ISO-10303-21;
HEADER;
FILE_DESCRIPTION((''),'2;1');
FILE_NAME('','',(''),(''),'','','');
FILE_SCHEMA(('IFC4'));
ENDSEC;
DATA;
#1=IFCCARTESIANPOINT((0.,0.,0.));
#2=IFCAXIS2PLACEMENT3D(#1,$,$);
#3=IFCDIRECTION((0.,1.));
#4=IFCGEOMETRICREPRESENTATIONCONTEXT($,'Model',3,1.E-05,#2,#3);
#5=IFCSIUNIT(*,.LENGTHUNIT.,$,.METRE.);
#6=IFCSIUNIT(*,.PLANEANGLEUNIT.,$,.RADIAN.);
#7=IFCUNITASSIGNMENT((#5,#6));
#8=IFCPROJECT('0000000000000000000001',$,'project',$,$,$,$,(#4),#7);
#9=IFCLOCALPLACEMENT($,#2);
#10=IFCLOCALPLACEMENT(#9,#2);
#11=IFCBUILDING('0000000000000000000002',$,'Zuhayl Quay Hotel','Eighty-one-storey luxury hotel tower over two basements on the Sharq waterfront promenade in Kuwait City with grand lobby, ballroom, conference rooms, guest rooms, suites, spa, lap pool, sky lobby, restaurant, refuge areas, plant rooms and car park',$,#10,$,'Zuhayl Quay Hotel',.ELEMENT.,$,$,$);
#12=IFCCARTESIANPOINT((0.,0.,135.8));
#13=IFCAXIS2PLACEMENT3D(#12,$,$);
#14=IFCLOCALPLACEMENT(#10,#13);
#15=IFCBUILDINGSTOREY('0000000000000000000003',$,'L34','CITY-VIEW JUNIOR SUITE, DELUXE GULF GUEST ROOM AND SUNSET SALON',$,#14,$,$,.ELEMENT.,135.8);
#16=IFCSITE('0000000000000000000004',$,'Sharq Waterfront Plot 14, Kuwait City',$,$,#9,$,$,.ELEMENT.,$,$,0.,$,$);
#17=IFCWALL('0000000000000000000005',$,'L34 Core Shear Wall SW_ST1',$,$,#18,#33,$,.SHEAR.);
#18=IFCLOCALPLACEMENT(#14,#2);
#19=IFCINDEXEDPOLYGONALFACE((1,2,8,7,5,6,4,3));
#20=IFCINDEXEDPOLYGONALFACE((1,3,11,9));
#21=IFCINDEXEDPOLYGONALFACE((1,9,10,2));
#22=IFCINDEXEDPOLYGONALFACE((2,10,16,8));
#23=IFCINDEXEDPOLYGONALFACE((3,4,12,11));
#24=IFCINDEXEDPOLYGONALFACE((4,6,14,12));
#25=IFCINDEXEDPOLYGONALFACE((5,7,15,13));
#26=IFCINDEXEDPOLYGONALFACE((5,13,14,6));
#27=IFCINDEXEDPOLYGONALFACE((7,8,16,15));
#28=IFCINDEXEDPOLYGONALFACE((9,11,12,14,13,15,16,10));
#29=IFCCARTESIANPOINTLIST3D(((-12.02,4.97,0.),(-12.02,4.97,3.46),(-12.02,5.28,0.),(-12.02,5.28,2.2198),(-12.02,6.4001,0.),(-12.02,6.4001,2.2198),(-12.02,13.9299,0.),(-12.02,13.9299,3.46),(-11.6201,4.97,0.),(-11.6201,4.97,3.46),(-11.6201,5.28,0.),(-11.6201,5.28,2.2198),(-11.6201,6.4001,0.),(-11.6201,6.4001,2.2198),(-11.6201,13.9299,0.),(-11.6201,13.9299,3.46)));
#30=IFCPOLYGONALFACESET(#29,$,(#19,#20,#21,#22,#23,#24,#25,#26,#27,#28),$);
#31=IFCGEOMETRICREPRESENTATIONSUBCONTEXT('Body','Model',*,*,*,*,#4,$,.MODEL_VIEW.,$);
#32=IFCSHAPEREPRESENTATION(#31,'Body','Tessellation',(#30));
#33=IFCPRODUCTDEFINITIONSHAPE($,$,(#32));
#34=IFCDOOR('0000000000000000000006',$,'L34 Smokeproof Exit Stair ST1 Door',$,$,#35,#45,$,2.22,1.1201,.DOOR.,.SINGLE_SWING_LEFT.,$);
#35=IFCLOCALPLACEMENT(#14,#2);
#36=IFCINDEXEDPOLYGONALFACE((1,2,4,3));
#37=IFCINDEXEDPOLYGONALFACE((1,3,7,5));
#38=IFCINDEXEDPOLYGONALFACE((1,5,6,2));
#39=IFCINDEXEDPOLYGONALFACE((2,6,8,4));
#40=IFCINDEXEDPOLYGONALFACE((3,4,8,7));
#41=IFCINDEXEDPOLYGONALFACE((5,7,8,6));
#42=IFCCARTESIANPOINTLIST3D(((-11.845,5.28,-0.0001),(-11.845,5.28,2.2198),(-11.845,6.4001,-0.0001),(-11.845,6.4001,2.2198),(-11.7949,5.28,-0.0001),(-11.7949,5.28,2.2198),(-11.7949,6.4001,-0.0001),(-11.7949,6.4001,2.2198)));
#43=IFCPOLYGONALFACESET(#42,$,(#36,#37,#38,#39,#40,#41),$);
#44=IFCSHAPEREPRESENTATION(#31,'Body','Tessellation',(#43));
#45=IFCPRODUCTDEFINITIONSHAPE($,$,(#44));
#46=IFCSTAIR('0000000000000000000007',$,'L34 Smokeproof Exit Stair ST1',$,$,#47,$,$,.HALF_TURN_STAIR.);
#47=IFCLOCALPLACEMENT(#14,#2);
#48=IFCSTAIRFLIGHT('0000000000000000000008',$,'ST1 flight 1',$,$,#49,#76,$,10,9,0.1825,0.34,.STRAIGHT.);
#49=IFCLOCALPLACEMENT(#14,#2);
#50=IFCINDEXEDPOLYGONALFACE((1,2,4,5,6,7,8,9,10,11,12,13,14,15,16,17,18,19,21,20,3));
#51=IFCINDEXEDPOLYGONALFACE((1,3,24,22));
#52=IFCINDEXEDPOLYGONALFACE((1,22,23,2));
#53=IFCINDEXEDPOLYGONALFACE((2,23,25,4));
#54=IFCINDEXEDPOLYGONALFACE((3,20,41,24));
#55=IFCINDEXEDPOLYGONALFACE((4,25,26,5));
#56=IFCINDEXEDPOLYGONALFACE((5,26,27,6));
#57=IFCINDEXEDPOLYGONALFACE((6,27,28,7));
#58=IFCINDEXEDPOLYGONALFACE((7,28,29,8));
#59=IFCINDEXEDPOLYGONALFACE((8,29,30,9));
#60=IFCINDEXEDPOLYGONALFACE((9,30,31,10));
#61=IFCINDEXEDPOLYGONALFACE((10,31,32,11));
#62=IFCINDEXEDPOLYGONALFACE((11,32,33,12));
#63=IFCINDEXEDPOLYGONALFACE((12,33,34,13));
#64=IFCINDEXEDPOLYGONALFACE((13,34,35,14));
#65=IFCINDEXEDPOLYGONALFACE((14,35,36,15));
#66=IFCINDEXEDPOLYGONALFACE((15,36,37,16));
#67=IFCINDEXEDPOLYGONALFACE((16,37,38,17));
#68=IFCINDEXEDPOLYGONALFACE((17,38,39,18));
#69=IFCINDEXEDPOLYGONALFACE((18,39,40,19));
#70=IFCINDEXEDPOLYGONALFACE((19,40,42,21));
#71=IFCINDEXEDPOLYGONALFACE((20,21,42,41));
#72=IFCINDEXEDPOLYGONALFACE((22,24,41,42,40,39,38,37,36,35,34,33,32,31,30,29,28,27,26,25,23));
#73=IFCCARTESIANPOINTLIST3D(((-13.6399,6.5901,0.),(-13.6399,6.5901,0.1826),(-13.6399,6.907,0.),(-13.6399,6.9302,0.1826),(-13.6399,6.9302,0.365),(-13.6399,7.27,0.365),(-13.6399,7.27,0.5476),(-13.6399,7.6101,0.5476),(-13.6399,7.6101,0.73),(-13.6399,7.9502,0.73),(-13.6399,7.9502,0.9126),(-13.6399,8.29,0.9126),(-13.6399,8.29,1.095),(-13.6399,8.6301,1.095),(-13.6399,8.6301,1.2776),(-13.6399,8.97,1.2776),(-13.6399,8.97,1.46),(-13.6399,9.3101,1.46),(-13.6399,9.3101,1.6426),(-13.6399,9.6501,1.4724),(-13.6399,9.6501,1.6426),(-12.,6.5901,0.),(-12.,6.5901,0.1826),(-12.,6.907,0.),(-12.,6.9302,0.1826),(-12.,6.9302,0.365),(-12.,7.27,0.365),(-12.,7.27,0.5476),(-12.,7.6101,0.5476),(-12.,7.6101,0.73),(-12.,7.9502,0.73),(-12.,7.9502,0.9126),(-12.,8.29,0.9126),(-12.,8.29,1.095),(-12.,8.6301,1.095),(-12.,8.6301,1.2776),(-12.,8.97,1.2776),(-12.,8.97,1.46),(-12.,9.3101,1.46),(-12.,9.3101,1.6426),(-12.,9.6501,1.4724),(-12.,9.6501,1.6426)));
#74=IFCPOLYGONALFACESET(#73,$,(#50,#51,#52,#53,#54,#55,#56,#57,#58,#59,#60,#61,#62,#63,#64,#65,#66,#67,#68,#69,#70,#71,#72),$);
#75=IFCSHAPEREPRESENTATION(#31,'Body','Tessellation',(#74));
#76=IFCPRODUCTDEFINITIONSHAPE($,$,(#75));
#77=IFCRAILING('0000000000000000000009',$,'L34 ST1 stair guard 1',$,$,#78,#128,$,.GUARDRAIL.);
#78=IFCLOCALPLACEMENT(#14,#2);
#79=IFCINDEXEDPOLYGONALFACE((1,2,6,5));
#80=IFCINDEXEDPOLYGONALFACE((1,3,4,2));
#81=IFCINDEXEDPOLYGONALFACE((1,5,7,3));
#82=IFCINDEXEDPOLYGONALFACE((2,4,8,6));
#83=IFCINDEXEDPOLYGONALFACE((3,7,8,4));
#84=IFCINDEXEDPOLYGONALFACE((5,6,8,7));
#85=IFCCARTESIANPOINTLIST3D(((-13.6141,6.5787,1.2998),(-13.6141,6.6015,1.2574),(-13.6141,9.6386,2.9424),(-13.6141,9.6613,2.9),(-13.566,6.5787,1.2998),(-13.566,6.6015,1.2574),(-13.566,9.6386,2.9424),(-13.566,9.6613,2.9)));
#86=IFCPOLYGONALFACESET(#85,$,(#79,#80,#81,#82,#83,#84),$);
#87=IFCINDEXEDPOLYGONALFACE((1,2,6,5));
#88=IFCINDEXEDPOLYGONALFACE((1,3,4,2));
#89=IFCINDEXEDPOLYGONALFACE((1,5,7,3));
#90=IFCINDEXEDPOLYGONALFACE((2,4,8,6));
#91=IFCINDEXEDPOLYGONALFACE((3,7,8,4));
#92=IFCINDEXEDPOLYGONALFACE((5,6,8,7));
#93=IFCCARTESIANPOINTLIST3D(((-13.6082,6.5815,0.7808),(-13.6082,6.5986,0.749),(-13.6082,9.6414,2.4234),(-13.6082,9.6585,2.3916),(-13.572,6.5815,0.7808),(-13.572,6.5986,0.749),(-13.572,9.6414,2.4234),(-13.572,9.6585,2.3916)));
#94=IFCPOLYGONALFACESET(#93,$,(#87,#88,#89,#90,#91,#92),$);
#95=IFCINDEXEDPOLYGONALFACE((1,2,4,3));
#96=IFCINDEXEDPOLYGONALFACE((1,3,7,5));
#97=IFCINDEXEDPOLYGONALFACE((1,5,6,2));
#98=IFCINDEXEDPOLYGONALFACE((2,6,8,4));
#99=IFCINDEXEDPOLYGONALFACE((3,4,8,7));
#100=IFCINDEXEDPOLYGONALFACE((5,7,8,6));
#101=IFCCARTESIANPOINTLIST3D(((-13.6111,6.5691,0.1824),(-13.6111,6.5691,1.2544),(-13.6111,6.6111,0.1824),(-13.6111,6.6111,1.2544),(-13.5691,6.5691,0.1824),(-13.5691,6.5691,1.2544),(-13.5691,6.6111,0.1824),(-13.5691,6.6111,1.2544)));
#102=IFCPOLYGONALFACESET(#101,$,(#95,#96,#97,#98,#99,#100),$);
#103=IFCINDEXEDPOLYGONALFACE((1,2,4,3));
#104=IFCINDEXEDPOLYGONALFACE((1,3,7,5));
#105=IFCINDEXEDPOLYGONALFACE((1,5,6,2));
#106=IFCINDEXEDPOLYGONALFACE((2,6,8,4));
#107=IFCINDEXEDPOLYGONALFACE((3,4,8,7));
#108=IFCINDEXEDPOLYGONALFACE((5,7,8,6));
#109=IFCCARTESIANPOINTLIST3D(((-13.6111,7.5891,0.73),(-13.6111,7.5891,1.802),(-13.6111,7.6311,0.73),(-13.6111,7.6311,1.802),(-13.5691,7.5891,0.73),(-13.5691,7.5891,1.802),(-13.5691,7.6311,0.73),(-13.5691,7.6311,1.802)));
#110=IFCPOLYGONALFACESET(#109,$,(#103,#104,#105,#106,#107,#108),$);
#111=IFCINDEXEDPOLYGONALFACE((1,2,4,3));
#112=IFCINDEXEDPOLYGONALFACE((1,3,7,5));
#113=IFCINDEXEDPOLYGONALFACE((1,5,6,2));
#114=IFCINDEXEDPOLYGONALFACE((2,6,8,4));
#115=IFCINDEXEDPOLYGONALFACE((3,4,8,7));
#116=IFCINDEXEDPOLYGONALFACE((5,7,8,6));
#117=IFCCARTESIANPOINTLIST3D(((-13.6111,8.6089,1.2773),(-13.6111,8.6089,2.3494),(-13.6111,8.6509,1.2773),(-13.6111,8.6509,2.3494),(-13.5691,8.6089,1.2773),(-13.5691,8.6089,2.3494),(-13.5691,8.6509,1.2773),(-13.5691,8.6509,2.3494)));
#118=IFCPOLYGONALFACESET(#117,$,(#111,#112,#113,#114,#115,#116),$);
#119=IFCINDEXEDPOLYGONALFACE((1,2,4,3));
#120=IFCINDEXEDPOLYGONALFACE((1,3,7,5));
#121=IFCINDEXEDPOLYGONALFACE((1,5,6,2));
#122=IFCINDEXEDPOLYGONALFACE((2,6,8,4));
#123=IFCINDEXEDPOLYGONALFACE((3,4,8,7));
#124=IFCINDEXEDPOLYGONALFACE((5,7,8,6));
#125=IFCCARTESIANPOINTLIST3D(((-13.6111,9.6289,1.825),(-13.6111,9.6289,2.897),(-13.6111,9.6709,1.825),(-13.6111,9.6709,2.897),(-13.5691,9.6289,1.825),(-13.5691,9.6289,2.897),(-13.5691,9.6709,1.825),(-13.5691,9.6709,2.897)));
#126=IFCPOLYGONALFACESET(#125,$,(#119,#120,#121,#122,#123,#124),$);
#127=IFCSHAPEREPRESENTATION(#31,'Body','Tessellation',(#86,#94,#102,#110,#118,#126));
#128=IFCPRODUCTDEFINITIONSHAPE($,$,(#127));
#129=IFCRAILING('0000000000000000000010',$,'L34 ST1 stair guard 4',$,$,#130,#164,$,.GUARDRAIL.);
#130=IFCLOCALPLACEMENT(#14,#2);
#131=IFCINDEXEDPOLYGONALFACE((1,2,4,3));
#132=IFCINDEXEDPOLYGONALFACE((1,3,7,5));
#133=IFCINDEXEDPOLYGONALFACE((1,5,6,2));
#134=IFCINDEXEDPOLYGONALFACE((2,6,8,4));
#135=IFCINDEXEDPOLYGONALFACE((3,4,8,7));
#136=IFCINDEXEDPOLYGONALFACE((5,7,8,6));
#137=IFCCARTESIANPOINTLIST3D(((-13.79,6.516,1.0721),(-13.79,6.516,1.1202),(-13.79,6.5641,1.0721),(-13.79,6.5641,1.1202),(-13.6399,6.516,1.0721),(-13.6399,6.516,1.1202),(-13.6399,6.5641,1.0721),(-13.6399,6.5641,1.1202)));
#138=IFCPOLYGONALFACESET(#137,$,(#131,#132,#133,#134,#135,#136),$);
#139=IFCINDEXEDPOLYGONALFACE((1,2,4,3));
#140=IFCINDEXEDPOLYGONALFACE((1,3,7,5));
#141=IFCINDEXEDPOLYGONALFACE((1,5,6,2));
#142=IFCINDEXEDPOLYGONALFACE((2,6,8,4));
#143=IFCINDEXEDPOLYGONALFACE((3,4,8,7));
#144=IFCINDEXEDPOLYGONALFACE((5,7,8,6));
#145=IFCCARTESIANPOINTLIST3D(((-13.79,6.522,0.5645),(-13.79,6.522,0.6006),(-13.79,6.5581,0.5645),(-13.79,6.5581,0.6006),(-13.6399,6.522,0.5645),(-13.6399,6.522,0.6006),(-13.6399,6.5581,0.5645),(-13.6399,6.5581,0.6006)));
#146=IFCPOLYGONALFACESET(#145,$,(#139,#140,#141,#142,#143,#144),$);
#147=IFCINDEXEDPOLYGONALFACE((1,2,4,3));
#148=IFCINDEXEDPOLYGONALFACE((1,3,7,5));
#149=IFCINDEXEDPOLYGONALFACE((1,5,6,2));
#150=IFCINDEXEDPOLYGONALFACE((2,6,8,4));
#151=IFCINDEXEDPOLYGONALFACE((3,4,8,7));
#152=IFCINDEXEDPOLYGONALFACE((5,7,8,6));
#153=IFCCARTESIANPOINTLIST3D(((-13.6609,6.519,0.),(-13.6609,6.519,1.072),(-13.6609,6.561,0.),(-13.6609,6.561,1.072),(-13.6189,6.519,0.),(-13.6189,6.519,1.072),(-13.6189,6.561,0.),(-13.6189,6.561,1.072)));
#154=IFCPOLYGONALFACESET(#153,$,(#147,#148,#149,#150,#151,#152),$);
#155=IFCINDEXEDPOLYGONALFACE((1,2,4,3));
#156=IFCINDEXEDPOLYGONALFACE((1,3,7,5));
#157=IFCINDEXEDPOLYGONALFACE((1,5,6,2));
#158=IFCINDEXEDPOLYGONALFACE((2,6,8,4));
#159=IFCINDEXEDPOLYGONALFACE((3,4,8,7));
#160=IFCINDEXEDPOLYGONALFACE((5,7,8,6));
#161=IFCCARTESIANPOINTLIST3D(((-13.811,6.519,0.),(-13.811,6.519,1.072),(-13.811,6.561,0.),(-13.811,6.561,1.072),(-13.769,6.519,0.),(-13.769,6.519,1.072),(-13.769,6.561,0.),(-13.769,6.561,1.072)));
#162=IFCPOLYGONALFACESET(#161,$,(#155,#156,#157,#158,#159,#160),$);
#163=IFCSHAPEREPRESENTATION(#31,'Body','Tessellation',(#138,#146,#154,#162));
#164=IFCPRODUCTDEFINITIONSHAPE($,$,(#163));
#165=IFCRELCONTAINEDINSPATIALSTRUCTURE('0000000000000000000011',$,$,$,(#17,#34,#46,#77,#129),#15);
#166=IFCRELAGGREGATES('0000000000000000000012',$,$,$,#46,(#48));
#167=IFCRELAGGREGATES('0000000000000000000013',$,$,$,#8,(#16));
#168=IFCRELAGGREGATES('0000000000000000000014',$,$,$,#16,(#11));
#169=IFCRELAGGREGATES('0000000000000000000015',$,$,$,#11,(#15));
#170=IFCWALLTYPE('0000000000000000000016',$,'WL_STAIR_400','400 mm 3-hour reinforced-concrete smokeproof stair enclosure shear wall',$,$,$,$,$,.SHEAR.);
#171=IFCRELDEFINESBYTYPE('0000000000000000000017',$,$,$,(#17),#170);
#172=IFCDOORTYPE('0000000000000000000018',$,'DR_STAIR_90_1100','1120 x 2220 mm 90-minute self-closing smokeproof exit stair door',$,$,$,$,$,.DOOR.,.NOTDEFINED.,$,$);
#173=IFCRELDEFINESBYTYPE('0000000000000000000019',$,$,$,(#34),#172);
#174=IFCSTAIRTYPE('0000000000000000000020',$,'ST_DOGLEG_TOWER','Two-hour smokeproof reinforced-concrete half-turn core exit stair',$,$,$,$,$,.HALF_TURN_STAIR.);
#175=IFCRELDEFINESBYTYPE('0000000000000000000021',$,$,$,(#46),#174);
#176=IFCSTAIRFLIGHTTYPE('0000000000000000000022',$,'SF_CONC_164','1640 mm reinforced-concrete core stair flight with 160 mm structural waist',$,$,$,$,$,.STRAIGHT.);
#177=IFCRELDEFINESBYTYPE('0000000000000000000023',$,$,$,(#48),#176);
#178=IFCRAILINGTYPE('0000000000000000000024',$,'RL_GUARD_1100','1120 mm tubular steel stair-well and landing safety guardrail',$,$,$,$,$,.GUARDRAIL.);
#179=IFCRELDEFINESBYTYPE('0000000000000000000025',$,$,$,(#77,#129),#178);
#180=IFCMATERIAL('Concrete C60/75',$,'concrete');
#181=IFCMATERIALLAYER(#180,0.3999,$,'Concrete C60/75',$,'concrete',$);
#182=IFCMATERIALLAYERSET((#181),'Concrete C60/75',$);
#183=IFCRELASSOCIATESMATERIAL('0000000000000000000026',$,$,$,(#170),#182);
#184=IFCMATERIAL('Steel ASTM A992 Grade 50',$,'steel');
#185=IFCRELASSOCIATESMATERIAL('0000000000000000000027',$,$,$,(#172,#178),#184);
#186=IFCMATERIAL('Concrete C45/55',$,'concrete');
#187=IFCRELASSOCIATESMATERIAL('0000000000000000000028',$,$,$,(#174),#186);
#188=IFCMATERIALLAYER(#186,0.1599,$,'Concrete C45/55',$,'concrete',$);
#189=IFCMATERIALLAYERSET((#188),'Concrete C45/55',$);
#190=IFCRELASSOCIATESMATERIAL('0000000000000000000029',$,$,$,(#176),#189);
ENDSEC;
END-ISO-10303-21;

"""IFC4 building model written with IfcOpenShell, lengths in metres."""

from ifc_helpers import new_model, si_unit, direction, frame, frame_2d, origin, origin_2d, place, context, subcontext, project, spatial, polyline, rectangle, outline, extrude, material, layer, layer_set, type_object, element, fill, aggregate, save


model = new_model("IFC4")

# Units and contexts
model_context = context("Model", 3, precision=1e-05, world=origin(), true_north=direction((0.0, 1.0)))
body_context = subcontext(model_context, "Body", "Model", "MODEL_VIEW")
ifc_project = project(units=[si_unit("LENGTHUNIT", "METRE"), si_unit("PLANEANGLEUNIT", "RADIAN")], contexts=[model_context])

# Site, building, storey
site_placement = place(None, origin())
site = spatial("IfcSite", under=ifc_project, at=site_placement, Name="Sharq Waterfront Plot 14, Kuwait City", CompositionType="ELEMENT", RefElevation=0.0)
building_placement = place(site_placement, origin())
building = spatial("IfcBuilding", under=site, at=building_placement, Name="Zuhayl Quay Hotel", Description="Eighty-one-storey luxury hotel tower over two basements on the Sharq waterfront promenade in Kuwait City with grand lobby, ballroom, conference rooms, guest rooms, suites, spa, lap pool, sky lobby, restaurant, refuge areas, plant rooms and car park", LongName="Zuhayl Quay Hotel", CompositionType="ELEMENT")
storey_placement = place(building_placement, frame((0.0, 0.0, 135.8)))
storey = spatial("IfcBuildingStorey", under=building, at=storey_placement, Name="L34", Description="CITY-VIEW JUNIOR SUITE, DELUXE GULF GUEST ROOM AND SUNSET SALON", CompositionType="ELEMENT", Elevation=135.8)

# Shared definitions
ifc_material_1 = material(Name="Steel ASTM A992 Grade 50", Category="steel")
ifc_material_2 = material(Name="Concrete C60/75", Category="concrete")

# Wall, opening, door
ifc_layer_1 = layer(ifc_material_2, 0.3999, Name="Concrete C60/75", Category="concrete")
ifc_layer_set_1 = layer_set([ifc_layer_1], Name="Concrete C60/75")
wall_type_1 = type_object("IfcWallType", Name="WL_STAIR_400", Description="400 mm 3-hour reinforced-concrete smokeproof stair enclosure shear wall", PredefinedType="SHEAR", material=ifc_layer_set_1)
wall_1_placement = place(storey_placement, frame((-11.8201, 4.97, 0.0), z_axis=(0.0, 0.0, 1.0), x_axis=(0.0, 1.0, 0.0)))
wall_1 = element("IfcWall", 1, at=wall_1_placement, inside=storey, type_object=wall_type_1, Name="L34 Core Shear Wall SW_ST1", PredefinedType="SHEAR", context=body_context, shape_type="SweptSolid", body=[
    extrude(rectangle(XDim=8.96, YDim=0.3999, at=frame_2d((4.48, 0.0))), origin(), (0.0, 0.0, 1.0), 3.46),
])
opening_1_placement = place(wall_1_placement, frame((0.3101, 0.0, 0.0)))
opening_1 = element("IfcOpeningElement", 2, at=opening_1_placement, cuts=wall_1, PredefinedType="OPENING", context=body_context, shape_type="SweptSolid", body=[
    extrude(rectangle(XDim=1.1201, YDim=2.22, at=frame_2d((0.5601, 1.1099))), frame((0.0, 0.21, 0.0), z_axis=(0.0, -1.0, 0.0), x_axis=(1.0, 0.0, 0.0)), (0.0, 0.0, 1.0), 0.4199),
])
door_type_1 = type_object("IfcDoorType", Name="DR_STAIR_90_1100", Description="1120 x 2220 mm 90-minute self-closing smokeproof exit stair door", OperationType="NOTDEFINED", PredefinedType="DOOR", material=ifc_material_1)
door_1_placement = place(opening_1_placement, origin())
door_1 = element("IfcDoor", 3, at=door_1_placement, inside=storey, type_object=door_type_1, Name="L34 Smokeproof Exit Stair ST1 Door", OperationType="SINGLE_SWING_LEFT", OverallHeight=2.22, OverallWidth=1.1201, PredefinedType="DOOR", context=body_context, shape_type="SweptSolid", body=[
    extrude(rectangle(XDim=1.1201, YDim=2.22, at=frame_2d((0.5601, 1.1099))), frame((0.0, 0.0249, 0.0), z_axis=(0.0, -1.0, 0.0), x_axis=(1.0, 0.0, 0.0)), (0.0, 0.0, 1.0), 0.05),
])
fill(opening_1, door_1)

# Stair, stair flight
ifc_material_3 = material(Name="Concrete C45/55", Category="concrete")
stair_type = type_object("IfcStairType", Name="ST_DOGLEG_TOWER", Description="Two-hour smokeproof reinforced-concrete half-turn core exit stair", PredefinedType="HALF_TURN_STAIR", material=ifc_material_3)
stair_placement = place(storey_placement, origin())
stair = element("IfcStair", 4, at=stair_placement, inside=storey, type_object=stair_type, Name="L34 Smokeproof Exit Stair ST1", PredefinedType="HALF_TURN_STAIR")
ifc_layer_2 = layer(ifc_material_3, 0.1599, Name="Concrete C45/55", Category="concrete")
ifc_layer_set_2 = layer_set([ifc_layer_2], Name="Concrete C45/55")
stair_flight_type = type_object("IfcStairFlightType", Name="SF_CONC_164", Description="1640 mm reinforced-concrete core stair flight with 160 mm structural waist", PredefinedType="STRAIGHT", material=ifc_layer_set_2)
stair_flight_placement = place(storey_placement, frame((-12.8201, 6.5901, 0.0), z_axis=(0.0, 0.0, 1.0), x_axis=(0.0, 1.0, 0.0)))
stair_flight = element("IfcStairFlight", 5, at=stair_flight_placement, type_object=stair_flight_type, Name="ST1 flight 1", NumberOfRisers=10, NumberOfTreads=9, PredefinedType="STRAIGHT", RiserHeight=0.1825, TreadLength=0.34, context=body_context, shape_type="SweptSolid", body=[
    extrude(outline(polyline([(0.0, 0.0), (0.0, 0.1826), (0.3401, 0.1826), (0.3401, 0.365), (0.6799, 0.365), (0.6799, 0.5476), (1.02, 0.5476), (1.02, 0.73), (1.3601, 0.73), (1.3601, 0.9126), (1.7, 0.9126), (1.7, 1.095), (2.04, 1.095), (2.04, 1.2776), (2.3799, 1.2776), (2.3799, 1.46), (2.72, 1.46), (2.72, 1.6426), (3.0601, 1.6426), (3.0601, 1.825), (3.0601, 1.4724), (0.3169, 0.0), (0.0, 0.0)])), frame((0.0, 0.8198, 0.0), z_axis=(0.0, -1.0, 0.0), x_axis=(1.0, 0.0, 0.0)), (0.0, 0.0, 1.0), 1.6399),
])
aggregate(stair, [stair_flight])

# Railings
railing_type_1 = type_object("IfcRailingType", Name="RL_GUARD_1100", Description="1120 mm tubular steel stair-well and landing safety guardrail", PredefinedType="GUARDRAIL", material=ifc_material_1)
railing_1_placement = place(storey_placement, frame((-13.5901, 6.5901, 0.1824)))
element("IfcRailing", 6, at=railing_1_placement, inside=storey, type_object=railing_type_1, Name="L34 ST1 stair guard 1", PredefinedType="GUARDRAIL", context=body_context, shape_type="SweptSolid", body=[
    extrude(rectangle(XDim=0.0481, YDim=0.0481, at=origin_2d()), frame((0.0, 0.0, 1.0962), z_axis=(0.0, 0.881073, 0.47298), x_axis=(-1.0, 0.0, 0.0)), (0.0, 0.0, 1.0), 3.4729),
    extrude(rectangle(XDim=0.0361, YDim=0.0361, at=origin_2d()), frame((0.0, 0.0, 0.5825), z_axis=(0.0, 0.881073, 0.47298), x_axis=(-1.0, 0.0, 0.0)), (0.0, 0.0, 1.0), 3.4729),
    extrude(rectangle(XDim=0.042, YDim=0.042, at=origin_2d()), origin(), (0.0, 0.0, 1.0), 1.072),
    extrude(rectangle(XDim=0.042, YDim=0.042, at=origin_2d()), frame((0.0, 1.02, 0.5476)), (0.0, 0.0, 1.0), 1.072),
    extrude(rectangle(XDim=0.042, YDim=0.042, at=origin_2d()), frame((0.0, 2.0398, 1.095)), (0.0, 0.0, 1.0), 1.072),
    extrude(rectangle(XDim=0.042, YDim=0.042, at=origin_2d()), frame((0.0, 3.0598, 1.6426)), (0.0, 0.0, 1.0), 1.072),
])
railing_2_placement = place(storey_placement, frame((-13.6399, 6.54, 0.0)))
element("IfcRailing", 7, at=railing_2_placement, inside=storey, type_object=railing_type_1, Name="L34 ST1 stair guard 4", PredefinedType="GUARDRAIL", context=body_context, shape_type="SweptSolid", body=[
    extrude(rectangle(XDim=0.0481, YDim=0.0481, at=origin_2d()), frame((0.0, 0.0, 1.0962), z_axis=(-1.0, 0.0, 0.0), x_axis=(0.0, -1.0, 0.0)), (0.0, 0.0, 1.0), 0.1501),
    extrude(rectangle(XDim=0.0361, YDim=0.0361, at=origin_2d()), frame((0.0, 0.0, 0.5825), z_axis=(-1.0, 0.0, 0.0), x_axis=(0.0, -1.0, 0.0)), (0.0, 0.0, 1.0), 0.1501),
    extrude(rectangle(XDim=0.042, YDim=0.042, at=origin_2d()), origin(), (0.0, 0.0, 1.0), 1.072),
    extrude(rectangle(XDim=0.042, YDim=0.042, at=origin_2d()), frame((-0.1501, 0.0, 0.0)), (0.0, 0.0, 1.0), 1.072),
])

save(model, "model.ifc")
